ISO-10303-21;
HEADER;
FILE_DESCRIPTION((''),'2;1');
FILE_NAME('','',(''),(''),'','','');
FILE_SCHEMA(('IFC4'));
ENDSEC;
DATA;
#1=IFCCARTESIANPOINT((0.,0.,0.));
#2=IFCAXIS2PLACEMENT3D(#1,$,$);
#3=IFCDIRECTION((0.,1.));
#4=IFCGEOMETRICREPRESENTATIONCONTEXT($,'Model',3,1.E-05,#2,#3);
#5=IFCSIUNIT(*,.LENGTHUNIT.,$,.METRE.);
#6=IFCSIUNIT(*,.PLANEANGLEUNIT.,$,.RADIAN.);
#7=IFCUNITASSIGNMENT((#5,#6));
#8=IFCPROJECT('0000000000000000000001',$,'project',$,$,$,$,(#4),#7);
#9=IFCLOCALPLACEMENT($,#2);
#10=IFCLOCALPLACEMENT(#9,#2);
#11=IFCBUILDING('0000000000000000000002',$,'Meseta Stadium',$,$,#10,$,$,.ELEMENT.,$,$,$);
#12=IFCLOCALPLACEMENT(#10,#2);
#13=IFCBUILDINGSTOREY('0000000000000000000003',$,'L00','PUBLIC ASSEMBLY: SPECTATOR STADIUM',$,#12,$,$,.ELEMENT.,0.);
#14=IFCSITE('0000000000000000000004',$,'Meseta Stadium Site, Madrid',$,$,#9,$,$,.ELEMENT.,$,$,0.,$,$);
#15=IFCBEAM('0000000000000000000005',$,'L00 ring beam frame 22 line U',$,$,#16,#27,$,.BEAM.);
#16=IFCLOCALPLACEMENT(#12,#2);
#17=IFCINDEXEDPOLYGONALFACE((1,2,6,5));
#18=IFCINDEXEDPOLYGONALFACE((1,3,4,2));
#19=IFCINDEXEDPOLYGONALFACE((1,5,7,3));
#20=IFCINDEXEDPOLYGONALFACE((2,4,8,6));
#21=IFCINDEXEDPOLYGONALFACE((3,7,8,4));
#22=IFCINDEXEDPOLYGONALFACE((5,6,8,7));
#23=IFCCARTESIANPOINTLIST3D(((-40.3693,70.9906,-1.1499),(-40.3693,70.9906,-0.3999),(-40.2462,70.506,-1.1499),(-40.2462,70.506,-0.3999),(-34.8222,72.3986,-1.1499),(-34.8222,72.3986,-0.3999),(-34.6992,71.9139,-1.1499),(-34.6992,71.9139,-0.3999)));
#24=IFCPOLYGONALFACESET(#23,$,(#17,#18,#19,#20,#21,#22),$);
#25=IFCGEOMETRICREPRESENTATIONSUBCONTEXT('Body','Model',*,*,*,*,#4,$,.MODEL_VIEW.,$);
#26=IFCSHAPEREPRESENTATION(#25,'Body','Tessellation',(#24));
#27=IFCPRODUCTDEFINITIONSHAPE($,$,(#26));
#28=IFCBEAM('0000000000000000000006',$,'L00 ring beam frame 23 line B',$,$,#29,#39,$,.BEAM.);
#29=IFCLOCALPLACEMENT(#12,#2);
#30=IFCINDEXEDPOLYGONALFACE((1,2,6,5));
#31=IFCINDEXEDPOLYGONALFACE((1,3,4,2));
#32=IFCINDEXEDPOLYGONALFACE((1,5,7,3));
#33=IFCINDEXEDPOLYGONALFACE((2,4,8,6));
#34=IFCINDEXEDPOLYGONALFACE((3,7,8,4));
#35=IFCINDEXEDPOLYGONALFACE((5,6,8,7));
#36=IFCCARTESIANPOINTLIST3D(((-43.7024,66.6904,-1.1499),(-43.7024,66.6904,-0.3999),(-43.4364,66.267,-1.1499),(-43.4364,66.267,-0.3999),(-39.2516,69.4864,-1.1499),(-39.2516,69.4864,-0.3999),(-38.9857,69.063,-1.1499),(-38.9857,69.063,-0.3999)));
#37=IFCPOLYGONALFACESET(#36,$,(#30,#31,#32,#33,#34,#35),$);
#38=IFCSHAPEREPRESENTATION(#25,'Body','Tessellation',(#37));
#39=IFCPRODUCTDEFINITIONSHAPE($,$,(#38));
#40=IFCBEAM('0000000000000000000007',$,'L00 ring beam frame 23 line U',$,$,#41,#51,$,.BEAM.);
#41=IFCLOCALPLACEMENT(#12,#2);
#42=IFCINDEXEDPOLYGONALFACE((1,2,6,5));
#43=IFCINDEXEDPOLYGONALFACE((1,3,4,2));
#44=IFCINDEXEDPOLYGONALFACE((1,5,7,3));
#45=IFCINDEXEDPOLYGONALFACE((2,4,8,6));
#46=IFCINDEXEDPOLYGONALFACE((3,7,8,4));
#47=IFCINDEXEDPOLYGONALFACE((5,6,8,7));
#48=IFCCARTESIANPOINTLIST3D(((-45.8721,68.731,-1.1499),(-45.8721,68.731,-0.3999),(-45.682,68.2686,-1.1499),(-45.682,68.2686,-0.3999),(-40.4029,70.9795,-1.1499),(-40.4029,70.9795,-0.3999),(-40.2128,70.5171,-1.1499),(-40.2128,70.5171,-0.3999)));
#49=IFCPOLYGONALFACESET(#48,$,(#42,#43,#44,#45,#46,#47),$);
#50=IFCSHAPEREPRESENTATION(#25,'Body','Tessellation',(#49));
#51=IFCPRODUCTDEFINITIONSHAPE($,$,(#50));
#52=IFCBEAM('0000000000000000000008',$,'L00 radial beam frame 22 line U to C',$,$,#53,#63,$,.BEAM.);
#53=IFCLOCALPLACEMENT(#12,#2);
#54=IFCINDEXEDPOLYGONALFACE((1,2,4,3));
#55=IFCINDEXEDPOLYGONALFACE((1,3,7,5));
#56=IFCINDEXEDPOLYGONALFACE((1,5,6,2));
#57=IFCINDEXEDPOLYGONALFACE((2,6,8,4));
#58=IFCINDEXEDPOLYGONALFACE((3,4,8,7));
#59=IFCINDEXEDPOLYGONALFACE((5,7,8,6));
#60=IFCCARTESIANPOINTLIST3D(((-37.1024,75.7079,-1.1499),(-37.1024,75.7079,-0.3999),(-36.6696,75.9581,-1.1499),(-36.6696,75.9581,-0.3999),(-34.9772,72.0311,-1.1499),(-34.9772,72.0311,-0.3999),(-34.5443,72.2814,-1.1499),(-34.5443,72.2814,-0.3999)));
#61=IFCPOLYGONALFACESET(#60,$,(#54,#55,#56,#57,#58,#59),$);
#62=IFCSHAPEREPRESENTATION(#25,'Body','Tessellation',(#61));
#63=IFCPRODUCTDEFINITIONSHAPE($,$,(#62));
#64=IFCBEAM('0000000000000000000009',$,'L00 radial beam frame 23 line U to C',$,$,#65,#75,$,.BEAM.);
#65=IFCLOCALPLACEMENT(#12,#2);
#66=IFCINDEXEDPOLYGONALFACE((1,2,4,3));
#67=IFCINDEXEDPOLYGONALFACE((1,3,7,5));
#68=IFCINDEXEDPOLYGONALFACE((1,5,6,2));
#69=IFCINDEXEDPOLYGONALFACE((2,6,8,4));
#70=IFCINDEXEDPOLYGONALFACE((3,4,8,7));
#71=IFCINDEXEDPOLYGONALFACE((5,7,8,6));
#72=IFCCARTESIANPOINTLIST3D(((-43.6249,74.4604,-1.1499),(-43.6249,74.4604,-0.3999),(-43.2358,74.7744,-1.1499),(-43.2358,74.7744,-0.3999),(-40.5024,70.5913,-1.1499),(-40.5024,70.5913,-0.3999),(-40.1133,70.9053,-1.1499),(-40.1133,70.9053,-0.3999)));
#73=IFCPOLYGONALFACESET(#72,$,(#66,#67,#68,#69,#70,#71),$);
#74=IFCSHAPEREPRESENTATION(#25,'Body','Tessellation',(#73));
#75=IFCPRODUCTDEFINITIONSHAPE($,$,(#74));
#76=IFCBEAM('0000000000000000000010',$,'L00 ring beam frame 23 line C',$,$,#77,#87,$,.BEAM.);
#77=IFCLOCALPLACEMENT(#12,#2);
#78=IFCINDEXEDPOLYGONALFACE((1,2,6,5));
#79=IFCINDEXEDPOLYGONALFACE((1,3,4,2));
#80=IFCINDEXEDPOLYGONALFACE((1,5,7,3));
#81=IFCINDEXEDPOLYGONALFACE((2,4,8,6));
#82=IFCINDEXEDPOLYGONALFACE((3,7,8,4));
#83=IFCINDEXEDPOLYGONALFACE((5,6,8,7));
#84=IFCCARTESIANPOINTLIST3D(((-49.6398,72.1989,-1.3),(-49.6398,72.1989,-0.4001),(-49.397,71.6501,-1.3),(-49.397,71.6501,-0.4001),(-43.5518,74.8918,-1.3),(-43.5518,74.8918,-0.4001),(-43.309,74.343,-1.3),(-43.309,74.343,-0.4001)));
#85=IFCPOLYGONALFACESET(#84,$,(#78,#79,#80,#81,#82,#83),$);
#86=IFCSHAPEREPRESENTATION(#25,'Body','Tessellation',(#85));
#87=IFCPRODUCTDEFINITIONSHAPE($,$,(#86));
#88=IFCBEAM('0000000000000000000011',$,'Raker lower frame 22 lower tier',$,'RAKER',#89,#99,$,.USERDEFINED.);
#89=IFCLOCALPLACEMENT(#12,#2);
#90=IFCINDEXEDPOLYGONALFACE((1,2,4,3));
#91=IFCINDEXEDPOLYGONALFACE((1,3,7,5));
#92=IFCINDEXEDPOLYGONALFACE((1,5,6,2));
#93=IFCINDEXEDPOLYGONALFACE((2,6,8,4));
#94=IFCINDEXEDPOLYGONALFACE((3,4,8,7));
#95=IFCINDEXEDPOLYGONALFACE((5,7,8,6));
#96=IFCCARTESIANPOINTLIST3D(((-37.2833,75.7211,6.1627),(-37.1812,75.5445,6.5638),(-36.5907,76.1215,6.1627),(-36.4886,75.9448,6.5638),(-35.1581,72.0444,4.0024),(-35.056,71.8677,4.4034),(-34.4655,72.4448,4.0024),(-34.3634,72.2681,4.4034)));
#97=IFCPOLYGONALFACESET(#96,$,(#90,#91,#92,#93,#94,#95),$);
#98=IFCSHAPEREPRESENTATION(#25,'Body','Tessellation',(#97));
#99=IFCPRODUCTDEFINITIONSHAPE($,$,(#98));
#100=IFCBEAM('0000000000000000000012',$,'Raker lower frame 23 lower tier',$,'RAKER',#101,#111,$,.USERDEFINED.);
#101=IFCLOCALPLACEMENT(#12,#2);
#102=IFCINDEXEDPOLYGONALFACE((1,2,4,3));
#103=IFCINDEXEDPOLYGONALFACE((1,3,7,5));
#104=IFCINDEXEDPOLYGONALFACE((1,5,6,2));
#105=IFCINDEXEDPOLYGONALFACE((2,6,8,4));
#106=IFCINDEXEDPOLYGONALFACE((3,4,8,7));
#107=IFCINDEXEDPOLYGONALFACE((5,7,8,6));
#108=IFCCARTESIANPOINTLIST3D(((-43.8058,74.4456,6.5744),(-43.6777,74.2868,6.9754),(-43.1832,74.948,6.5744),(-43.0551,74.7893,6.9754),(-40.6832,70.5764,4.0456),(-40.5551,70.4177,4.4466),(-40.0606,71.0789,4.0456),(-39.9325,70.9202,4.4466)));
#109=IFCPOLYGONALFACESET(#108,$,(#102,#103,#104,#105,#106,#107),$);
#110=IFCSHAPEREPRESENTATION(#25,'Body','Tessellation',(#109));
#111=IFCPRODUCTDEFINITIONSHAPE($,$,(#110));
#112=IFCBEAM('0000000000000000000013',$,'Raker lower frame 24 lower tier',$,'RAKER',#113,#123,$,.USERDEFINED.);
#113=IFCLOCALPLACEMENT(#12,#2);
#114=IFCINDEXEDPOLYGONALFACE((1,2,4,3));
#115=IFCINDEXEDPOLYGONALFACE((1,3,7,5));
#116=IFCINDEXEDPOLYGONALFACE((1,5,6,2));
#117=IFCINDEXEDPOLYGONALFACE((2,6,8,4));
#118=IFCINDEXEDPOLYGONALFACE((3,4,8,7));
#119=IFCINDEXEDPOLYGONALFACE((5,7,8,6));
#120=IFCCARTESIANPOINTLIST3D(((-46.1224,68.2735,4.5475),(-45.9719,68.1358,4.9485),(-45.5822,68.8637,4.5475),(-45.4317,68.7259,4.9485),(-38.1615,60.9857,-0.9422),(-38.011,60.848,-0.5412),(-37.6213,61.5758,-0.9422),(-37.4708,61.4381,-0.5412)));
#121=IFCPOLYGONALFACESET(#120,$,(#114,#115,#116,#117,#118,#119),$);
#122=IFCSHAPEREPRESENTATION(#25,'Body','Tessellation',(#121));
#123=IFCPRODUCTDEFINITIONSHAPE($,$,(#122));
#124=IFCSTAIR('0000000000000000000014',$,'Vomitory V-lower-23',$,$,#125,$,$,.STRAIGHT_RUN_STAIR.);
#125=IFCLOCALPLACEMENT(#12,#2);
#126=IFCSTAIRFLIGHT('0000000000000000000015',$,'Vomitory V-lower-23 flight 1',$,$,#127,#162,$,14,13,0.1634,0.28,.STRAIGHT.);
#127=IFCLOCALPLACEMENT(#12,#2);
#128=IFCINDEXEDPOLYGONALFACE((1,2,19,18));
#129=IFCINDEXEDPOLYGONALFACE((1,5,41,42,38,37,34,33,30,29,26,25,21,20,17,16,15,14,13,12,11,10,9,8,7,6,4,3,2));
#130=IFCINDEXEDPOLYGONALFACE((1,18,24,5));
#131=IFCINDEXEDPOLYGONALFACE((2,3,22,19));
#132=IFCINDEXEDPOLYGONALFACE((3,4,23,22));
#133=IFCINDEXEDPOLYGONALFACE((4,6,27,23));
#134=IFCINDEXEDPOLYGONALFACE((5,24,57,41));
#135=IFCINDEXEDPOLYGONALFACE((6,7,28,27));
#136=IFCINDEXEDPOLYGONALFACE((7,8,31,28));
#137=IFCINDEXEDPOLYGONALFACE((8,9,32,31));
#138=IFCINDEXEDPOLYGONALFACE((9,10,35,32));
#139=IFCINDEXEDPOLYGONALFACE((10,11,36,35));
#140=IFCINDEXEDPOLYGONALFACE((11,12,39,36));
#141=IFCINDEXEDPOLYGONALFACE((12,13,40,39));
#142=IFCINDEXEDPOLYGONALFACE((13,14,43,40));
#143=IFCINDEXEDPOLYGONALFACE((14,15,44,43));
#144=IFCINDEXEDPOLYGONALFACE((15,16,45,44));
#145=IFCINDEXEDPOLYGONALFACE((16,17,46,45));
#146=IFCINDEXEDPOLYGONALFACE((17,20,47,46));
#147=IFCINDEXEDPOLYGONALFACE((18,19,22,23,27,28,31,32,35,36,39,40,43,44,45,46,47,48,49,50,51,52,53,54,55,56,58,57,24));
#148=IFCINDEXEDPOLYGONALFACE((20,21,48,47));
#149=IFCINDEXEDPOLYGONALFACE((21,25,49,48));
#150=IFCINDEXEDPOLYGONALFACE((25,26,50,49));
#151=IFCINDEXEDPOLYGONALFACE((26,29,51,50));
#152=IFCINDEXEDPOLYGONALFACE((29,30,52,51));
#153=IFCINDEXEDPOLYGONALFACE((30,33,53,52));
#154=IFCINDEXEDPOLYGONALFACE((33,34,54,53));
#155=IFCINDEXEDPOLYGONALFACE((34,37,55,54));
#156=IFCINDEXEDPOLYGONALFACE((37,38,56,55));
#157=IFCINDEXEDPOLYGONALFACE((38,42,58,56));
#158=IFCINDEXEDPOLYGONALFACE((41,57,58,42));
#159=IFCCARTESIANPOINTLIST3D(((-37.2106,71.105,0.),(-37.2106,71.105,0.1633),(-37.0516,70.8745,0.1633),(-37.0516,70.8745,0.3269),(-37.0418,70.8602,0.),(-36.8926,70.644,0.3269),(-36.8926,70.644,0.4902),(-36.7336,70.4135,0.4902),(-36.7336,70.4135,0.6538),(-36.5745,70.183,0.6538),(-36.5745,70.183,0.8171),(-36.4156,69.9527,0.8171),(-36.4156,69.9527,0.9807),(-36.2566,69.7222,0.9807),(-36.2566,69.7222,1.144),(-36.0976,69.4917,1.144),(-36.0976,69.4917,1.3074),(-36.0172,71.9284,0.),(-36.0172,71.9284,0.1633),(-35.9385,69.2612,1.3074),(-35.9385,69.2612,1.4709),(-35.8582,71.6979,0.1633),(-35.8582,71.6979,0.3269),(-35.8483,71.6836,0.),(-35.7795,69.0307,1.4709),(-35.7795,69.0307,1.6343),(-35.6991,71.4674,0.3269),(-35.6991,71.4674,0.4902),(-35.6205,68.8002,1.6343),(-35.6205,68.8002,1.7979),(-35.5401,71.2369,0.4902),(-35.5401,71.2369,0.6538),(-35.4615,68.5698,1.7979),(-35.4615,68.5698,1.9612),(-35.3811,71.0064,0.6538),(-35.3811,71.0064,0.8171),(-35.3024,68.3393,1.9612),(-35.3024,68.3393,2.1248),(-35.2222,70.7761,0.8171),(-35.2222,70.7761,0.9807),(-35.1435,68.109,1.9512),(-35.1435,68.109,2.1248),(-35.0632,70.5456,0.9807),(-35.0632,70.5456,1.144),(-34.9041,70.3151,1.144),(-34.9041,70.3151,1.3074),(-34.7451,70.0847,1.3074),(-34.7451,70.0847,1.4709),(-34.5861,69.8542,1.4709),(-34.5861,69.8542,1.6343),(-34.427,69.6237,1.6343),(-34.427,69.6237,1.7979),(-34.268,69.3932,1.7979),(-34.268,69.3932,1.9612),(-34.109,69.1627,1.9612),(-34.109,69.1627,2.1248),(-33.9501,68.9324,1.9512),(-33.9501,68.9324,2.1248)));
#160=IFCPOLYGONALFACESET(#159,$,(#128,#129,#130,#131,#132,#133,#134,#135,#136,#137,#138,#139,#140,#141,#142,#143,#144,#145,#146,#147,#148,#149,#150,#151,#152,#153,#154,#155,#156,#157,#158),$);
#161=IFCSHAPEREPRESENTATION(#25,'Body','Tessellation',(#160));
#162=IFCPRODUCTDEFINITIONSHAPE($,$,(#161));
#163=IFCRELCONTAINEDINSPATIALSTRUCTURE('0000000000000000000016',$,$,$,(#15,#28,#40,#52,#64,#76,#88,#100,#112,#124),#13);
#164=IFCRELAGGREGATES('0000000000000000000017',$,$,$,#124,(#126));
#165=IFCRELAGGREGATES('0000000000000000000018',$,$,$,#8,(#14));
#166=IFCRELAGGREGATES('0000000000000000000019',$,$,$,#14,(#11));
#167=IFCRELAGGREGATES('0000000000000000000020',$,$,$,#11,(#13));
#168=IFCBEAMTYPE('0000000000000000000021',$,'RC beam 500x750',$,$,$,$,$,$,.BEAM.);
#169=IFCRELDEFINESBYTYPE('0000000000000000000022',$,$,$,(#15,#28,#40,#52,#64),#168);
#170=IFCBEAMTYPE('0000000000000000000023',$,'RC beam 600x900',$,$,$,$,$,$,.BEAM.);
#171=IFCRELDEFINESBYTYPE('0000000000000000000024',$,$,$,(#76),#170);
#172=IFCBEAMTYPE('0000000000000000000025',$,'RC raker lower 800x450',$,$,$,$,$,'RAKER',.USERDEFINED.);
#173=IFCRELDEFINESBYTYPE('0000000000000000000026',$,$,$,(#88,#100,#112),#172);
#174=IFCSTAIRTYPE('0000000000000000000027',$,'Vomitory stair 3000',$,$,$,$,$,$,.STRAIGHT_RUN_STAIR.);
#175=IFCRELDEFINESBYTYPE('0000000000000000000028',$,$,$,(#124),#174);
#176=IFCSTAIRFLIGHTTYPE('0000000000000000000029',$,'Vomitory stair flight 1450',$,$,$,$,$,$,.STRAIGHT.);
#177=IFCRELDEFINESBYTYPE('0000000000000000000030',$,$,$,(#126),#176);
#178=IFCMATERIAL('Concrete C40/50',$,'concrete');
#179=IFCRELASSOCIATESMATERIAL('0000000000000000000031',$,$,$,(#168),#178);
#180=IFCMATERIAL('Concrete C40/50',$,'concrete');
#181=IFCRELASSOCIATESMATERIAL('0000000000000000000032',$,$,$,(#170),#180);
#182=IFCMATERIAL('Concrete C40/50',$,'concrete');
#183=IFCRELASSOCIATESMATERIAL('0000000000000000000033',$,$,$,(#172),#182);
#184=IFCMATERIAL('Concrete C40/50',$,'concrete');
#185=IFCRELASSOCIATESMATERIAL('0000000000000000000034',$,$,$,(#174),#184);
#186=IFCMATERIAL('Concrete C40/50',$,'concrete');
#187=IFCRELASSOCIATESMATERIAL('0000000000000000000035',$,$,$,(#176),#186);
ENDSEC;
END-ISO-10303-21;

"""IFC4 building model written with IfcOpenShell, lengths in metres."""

from ifc_helpers import new_model, si_unit, direction, frame, origin, origin_2d, place, context, subcontext, project, spatial, polyline, rectangle, outline, extrude, material, material_profile, profile_set, type_object, element, aggregate, save


model = new_model("IFC4")

# Units and contexts
model_context = context("Model", 3, precision=1e-05, world=origin(), true_north=direction((0.0, 1.0)))
body_context = subcontext(model_context, "Body", "Model", "MODEL_VIEW")
ifc_project = project(units=[si_unit("LENGTHUNIT", "METRE"), si_unit("PLANEANGLEUNIT", "RADIAN")], contexts=[model_context])

# Site, building, storey
site_placement = place(None, origin())
site = spatial("IfcSite", under=ifc_project, at=site_placement, Name="Meseta Stadium Site, Madrid", CompositionType="ELEMENT", RefElevation=0.0)
building_placement = place(site_placement, origin())
building = spatial("IfcBuilding", under=site, at=building_placement, Name="Meseta Stadium", CompositionType="ELEMENT")
storey_placement = place(building_placement, origin())
storey = spatial("IfcBuildingStorey", under=building, at=storey_placement, Name="L00", Description="PUBLIC ASSEMBLY: SPECTATOR STADIUM", CompositionType="ELEMENT", Elevation=0.0)

# Beams
ifc_material_1 = material(Name="Concrete C40/50", Category="concrete")
ifc_material_profile_1 = material_profile(ifc_material_1, rectangle(XDim=0.5, YDim=0.75, at=origin_2d()), Name="RC 500x750")
ifc_profile_set_1 = profile_set([ifc_material_profile_1], Name="Concrete C40/50")
beam_type_1 = type_object("IfcBeamType", Name="RC beam 500x750", PredefinedType="BEAM", material=ifc_profile_set_1)
beam_1_placement = place(storey_placement, frame((-34.7607, 72.1562, -0.7749), z_axis=(-0.969265, -0.246017, 0.0), x_axis=(0.246017, -0.969265, 0.0)))
element("IfcBeam", 1, at=beam_1_placement, inside=storey, type_object=beam_type_1, Name="L00 ring beam frame 22 line U", PredefinedType="BEAM", context=body_context, shape_type="SweptSolid", body=[
    extrude(rectangle(XDim=0.5, YDim=0.75, at=origin_2d()), origin(), (0.0, 0.0, 1.0), 5.7229),
])
beam_2_placement = place(storey_placement, frame((-39.1187, 69.2747, -0.7749), z_axis=(-0.84678, -0.531943, 0.0), x_axis=(0.531943, -0.84678, 0.0)))
element("IfcBeam", 2, at=beam_2_placement, inside=storey, type_object=beam_type_1, Name="L00 ring beam frame 23 line B", PredefinedType="BEAM", context=body_context, shape_type="SweptSolid", body=[
    extrude(rectangle(XDim=0.5, YDim=0.75, at=origin_2d()), origin(), (0.0, 0.0, 1.0), 5.2561),
])
beam_3_placement = place(storey_placement, frame((-40.3079, 70.7483, -0.7749), z_axis=(-0.924887, -0.380243, 0.0), x_axis=(0.380243, -0.924887, 0.0)))
element("IfcBeam", 3, at=beam_3_placement, inside=storey, type_object=beam_type_1, Name="L00 ring beam frame 23 line U", PredefinedType="BEAM", context=body_context, shape_type="SweptSolid", body=[
    extrude(rectangle(XDim=0.5, YDim=0.75, at=origin_2d()), origin(), (0.0, 0.0, 1.0), 5.9133),
])
beam_4_placement = place(storey_placement, frame((-34.7607, 72.1562, -0.7749), z_axis=(-0.500436, 0.865774, 0.0), x_axis=(-0.865774, -0.500436, 0.0)))
element("IfcBeam", 4, at=beam_4_placement, inside=storey, type_object=beam_type_1, Name="L00 radial beam frame 22 line U to C", PredefinedType="BEAM", context=body_context, shape_type="SweptSolid", body=[
    extrude(rectangle(XDim=0.5, YDim=0.75, at=origin_2d()), origin(), (0.0, 0.0, 1.0), 4.2468),
])
beam_5_placement = place(storey_placement, frame((-40.3079, 70.7483, -0.7749), z_axis=(-0.628031, 0.778189, 0.0), x_axis=(-0.778189, -0.628031, 0.0)))
element("IfcBeam", 5, at=beam_5_placement, inside=storey, type_object=beam_type_1, Name="L00 radial beam frame 23 line U to C", PredefinedType="BEAM", context=body_context, shape_type="SweptSolid", body=[
    extrude(rectangle(XDim=0.5, YDim=0.75, at=origin_2d()), origin(), (0.0, 0.0, 1.0), 4.9719),
])
ifc_material_2 = material(Name="Concrete C40/50", Category="concrete")
ifc_material_profile_2 = material_profile(ifc_material_2, rectangle(XDim=0.6001, YDim=0.8999, at=origin_2d()), Name="RC 600x900")
ifc_profile_set_2 = profile_set([ifc_material_profile_2], Name="Concrete C40/50")
beam_type_2 = type_object("IfcBeamType", Name="RC beam 600x900", PredefinedType="BEAM", material=ifc_profile_set_2)
beam_6_placement = place(storey_placement, frame((-43.4304, 74.6174, -0.8501), z_axis=(-0.914527, -0.404525, 0.0), x_axis=(0.404525, -0.914527, 0.0)))
element("IfcBeam", 6, at=beam_6_placement, inside=storey, type_object=beam_type_2, Name="L00 ring beam frame 23 line C", PredefinedType="BEAM", context=body_context, shape_type="SweptSolid", body=[
    extrude(rectangle(XDim=0.6001, YDim=0.8999, at=origin_2d()), origin(), (0.0, 0.0, 1.0), 6.657),
])
ifc_material_3 = material(Name="Concrete C40/50", Category="concrete")
ifc_material_profile_3 = material_profile(ifc_material_3, rectangle(XDim=0.8, YDim=0.45, at=origin_2d()), Name="RC 800x450")
ifc_profile_set_3 = profile_set([ifc_material_profile_3], Name="Concrete C40/50")
beam_type_3 = type_object("IfcBeamType", Name="RC raker lower 800x450", ElementType="RAKER", PredefinedType="USERDEFINED", material=ifc_profile_set_3)
beam_7_placement = place(storey_placement, frame((-34.7607, 72.1562, 4.2029), z_axis=(-0.446038, 0.771663, 0.453416), x_axis=(-0.865774, -0.500436, 0.0)))
element("IfcBeam", 7, at=beam_7_placement, inside=storey, type_object=beam_type_3, Name="Raker lower frame 22 lower tier", ObjectType="RAKER", PredefinedType="USERDEFINED", context=body_context, shape_type="SweptSolid", body=[
    extrude(rectangle(XDim=0.8, YDim=0.45, at=origin_2d()), origin(), (0.0, 0.0, 1.0), 4.7646),
])
beam_8_placement = place(storey_placement, frame((-40.3079, 70.7483, 4.2461), z_axis=(-0.559786, 0.693627, 0.453344), x_axis=(-0.778189, -0.628031, 0.0)))
element("IfcBeam", 8, at=beam_8_placement, inside=storey, type_object=beam_type_3, Name="Raker lower frame 23 lower tier", ObjectType="RAKER", PredefinedType="USERDEFINED", context=body_context, shape_type="SweptSolid", body=[
    extrude(rectangle(XDim=0.8, YDim=0.45, at=origin_2d()), origin(), (0.0, 0.0, 1.0), 5.5781),
])
beam_9_placement = place(storey_placement, frame((-37.8162, 61.2119, -0.7417), z_axis=(-0.657443, 0.601856, 0.453363), x_axis=(-0.675237, -0.737601, 0.0)))
element("IfcBeam", 9, at=beam_9_placement, inside=storey, type_object=beam_type_3, Name="Raker lower frame 24 lower tier", ObjectType="RAKER", PredefinedType="USERDEFINED", context=body_context, shape_type="SweptSolid", body=[
    extrude(rectangle(XDim=0.8, YDim=0.45, at=origin_2d()), origin(), (0.0, 0.0, 1.0), 12.1089),
])

# Stair, stair flight
ifc_material_4 = material(Name="Concrete C40/50", Category="concrete")
stair_type = type_object("IfcStairType", Name="Vomitory stair 3000", PredefinedType="STRAIGHT_RUN_STAIR", material=ifc_material_4)
stair_1_placement = place(storey_placement, origin())
stair_1 = element("IfcStair", 10, at=stair_1_placement, inside=storey, type_object=stair_type, Name="Vomitory V-lower-23", PredefinedType="STRAIGHT_RUN_STAIR")
ifc_material_5 = material(Name="Concrete C40/50", Category="concrete")
stair_flight_type = type_object("IfcStairFlightType", Name="Vomitory stair flight 1450", PredefinedType="STRAIGHT", material=ifc_material_5)
stair_flight_1_placement = place(storey_placement, frame((-36.614, 71.5166, 0.0), z_axis=(0.0, 0.0, 1.0), x_axis=(0.5679, -0.823098, 0.0)))
stair_flight_1 = element("IfcStairFlight", 11, at=stair_flight_1_placement, type_object=stair_flight_type, Name="Vomitory V-lower-23 flight 1", NumberOfRisers=14, NumberOfTreads=13, PredefinedType="STRAIGHT", RiserHeight=0.1634, TreadLength=0.28, context=body_context, shape_type="SweptSolid", body=[
    extrude(outline(polyline([(0.0, 0.0), (0.0, 0.1633), (0.28, 0.1633), (0.28, 0.3269), (0.5601, 0.3269), (0.5601, 0.4902), (0.8401, 0.4902), (0.8401, 0.6538), (1.1201, 0.6538), (1.1201, 0.8171), (1.3999, 0.8171), (1.3999, 0.9807), (1.6799, 0.9807), (1.6799, 1.144), (1.96, 1.144), (1.96, 1.3074), (2.24, 1.3074), (2.24, 1.4709), (2.52, 1.4709), (2.52, 1.6343), (2.8, 1.6343), (2.8, 1.7979), (3.0801, 1.7979), (3.0801, 1.9612), (3.3601, 1.9612), (3.3601, 2.1248), (3.6399, 2.1248), (3.6399, 1.9512), (0.2974, 0.0), (0.0, 0.0)])), frame((0.0, 0.7251, 0.0), z_axis=(0.0, -1.0, 0.0), x_axis=(1.0, 0.0, 0.0)), (0.0, 0.0, 1.0), 1.45),
])
aggregate(stair_1, [stair_flight_1])

save(model, "model.ifc")
